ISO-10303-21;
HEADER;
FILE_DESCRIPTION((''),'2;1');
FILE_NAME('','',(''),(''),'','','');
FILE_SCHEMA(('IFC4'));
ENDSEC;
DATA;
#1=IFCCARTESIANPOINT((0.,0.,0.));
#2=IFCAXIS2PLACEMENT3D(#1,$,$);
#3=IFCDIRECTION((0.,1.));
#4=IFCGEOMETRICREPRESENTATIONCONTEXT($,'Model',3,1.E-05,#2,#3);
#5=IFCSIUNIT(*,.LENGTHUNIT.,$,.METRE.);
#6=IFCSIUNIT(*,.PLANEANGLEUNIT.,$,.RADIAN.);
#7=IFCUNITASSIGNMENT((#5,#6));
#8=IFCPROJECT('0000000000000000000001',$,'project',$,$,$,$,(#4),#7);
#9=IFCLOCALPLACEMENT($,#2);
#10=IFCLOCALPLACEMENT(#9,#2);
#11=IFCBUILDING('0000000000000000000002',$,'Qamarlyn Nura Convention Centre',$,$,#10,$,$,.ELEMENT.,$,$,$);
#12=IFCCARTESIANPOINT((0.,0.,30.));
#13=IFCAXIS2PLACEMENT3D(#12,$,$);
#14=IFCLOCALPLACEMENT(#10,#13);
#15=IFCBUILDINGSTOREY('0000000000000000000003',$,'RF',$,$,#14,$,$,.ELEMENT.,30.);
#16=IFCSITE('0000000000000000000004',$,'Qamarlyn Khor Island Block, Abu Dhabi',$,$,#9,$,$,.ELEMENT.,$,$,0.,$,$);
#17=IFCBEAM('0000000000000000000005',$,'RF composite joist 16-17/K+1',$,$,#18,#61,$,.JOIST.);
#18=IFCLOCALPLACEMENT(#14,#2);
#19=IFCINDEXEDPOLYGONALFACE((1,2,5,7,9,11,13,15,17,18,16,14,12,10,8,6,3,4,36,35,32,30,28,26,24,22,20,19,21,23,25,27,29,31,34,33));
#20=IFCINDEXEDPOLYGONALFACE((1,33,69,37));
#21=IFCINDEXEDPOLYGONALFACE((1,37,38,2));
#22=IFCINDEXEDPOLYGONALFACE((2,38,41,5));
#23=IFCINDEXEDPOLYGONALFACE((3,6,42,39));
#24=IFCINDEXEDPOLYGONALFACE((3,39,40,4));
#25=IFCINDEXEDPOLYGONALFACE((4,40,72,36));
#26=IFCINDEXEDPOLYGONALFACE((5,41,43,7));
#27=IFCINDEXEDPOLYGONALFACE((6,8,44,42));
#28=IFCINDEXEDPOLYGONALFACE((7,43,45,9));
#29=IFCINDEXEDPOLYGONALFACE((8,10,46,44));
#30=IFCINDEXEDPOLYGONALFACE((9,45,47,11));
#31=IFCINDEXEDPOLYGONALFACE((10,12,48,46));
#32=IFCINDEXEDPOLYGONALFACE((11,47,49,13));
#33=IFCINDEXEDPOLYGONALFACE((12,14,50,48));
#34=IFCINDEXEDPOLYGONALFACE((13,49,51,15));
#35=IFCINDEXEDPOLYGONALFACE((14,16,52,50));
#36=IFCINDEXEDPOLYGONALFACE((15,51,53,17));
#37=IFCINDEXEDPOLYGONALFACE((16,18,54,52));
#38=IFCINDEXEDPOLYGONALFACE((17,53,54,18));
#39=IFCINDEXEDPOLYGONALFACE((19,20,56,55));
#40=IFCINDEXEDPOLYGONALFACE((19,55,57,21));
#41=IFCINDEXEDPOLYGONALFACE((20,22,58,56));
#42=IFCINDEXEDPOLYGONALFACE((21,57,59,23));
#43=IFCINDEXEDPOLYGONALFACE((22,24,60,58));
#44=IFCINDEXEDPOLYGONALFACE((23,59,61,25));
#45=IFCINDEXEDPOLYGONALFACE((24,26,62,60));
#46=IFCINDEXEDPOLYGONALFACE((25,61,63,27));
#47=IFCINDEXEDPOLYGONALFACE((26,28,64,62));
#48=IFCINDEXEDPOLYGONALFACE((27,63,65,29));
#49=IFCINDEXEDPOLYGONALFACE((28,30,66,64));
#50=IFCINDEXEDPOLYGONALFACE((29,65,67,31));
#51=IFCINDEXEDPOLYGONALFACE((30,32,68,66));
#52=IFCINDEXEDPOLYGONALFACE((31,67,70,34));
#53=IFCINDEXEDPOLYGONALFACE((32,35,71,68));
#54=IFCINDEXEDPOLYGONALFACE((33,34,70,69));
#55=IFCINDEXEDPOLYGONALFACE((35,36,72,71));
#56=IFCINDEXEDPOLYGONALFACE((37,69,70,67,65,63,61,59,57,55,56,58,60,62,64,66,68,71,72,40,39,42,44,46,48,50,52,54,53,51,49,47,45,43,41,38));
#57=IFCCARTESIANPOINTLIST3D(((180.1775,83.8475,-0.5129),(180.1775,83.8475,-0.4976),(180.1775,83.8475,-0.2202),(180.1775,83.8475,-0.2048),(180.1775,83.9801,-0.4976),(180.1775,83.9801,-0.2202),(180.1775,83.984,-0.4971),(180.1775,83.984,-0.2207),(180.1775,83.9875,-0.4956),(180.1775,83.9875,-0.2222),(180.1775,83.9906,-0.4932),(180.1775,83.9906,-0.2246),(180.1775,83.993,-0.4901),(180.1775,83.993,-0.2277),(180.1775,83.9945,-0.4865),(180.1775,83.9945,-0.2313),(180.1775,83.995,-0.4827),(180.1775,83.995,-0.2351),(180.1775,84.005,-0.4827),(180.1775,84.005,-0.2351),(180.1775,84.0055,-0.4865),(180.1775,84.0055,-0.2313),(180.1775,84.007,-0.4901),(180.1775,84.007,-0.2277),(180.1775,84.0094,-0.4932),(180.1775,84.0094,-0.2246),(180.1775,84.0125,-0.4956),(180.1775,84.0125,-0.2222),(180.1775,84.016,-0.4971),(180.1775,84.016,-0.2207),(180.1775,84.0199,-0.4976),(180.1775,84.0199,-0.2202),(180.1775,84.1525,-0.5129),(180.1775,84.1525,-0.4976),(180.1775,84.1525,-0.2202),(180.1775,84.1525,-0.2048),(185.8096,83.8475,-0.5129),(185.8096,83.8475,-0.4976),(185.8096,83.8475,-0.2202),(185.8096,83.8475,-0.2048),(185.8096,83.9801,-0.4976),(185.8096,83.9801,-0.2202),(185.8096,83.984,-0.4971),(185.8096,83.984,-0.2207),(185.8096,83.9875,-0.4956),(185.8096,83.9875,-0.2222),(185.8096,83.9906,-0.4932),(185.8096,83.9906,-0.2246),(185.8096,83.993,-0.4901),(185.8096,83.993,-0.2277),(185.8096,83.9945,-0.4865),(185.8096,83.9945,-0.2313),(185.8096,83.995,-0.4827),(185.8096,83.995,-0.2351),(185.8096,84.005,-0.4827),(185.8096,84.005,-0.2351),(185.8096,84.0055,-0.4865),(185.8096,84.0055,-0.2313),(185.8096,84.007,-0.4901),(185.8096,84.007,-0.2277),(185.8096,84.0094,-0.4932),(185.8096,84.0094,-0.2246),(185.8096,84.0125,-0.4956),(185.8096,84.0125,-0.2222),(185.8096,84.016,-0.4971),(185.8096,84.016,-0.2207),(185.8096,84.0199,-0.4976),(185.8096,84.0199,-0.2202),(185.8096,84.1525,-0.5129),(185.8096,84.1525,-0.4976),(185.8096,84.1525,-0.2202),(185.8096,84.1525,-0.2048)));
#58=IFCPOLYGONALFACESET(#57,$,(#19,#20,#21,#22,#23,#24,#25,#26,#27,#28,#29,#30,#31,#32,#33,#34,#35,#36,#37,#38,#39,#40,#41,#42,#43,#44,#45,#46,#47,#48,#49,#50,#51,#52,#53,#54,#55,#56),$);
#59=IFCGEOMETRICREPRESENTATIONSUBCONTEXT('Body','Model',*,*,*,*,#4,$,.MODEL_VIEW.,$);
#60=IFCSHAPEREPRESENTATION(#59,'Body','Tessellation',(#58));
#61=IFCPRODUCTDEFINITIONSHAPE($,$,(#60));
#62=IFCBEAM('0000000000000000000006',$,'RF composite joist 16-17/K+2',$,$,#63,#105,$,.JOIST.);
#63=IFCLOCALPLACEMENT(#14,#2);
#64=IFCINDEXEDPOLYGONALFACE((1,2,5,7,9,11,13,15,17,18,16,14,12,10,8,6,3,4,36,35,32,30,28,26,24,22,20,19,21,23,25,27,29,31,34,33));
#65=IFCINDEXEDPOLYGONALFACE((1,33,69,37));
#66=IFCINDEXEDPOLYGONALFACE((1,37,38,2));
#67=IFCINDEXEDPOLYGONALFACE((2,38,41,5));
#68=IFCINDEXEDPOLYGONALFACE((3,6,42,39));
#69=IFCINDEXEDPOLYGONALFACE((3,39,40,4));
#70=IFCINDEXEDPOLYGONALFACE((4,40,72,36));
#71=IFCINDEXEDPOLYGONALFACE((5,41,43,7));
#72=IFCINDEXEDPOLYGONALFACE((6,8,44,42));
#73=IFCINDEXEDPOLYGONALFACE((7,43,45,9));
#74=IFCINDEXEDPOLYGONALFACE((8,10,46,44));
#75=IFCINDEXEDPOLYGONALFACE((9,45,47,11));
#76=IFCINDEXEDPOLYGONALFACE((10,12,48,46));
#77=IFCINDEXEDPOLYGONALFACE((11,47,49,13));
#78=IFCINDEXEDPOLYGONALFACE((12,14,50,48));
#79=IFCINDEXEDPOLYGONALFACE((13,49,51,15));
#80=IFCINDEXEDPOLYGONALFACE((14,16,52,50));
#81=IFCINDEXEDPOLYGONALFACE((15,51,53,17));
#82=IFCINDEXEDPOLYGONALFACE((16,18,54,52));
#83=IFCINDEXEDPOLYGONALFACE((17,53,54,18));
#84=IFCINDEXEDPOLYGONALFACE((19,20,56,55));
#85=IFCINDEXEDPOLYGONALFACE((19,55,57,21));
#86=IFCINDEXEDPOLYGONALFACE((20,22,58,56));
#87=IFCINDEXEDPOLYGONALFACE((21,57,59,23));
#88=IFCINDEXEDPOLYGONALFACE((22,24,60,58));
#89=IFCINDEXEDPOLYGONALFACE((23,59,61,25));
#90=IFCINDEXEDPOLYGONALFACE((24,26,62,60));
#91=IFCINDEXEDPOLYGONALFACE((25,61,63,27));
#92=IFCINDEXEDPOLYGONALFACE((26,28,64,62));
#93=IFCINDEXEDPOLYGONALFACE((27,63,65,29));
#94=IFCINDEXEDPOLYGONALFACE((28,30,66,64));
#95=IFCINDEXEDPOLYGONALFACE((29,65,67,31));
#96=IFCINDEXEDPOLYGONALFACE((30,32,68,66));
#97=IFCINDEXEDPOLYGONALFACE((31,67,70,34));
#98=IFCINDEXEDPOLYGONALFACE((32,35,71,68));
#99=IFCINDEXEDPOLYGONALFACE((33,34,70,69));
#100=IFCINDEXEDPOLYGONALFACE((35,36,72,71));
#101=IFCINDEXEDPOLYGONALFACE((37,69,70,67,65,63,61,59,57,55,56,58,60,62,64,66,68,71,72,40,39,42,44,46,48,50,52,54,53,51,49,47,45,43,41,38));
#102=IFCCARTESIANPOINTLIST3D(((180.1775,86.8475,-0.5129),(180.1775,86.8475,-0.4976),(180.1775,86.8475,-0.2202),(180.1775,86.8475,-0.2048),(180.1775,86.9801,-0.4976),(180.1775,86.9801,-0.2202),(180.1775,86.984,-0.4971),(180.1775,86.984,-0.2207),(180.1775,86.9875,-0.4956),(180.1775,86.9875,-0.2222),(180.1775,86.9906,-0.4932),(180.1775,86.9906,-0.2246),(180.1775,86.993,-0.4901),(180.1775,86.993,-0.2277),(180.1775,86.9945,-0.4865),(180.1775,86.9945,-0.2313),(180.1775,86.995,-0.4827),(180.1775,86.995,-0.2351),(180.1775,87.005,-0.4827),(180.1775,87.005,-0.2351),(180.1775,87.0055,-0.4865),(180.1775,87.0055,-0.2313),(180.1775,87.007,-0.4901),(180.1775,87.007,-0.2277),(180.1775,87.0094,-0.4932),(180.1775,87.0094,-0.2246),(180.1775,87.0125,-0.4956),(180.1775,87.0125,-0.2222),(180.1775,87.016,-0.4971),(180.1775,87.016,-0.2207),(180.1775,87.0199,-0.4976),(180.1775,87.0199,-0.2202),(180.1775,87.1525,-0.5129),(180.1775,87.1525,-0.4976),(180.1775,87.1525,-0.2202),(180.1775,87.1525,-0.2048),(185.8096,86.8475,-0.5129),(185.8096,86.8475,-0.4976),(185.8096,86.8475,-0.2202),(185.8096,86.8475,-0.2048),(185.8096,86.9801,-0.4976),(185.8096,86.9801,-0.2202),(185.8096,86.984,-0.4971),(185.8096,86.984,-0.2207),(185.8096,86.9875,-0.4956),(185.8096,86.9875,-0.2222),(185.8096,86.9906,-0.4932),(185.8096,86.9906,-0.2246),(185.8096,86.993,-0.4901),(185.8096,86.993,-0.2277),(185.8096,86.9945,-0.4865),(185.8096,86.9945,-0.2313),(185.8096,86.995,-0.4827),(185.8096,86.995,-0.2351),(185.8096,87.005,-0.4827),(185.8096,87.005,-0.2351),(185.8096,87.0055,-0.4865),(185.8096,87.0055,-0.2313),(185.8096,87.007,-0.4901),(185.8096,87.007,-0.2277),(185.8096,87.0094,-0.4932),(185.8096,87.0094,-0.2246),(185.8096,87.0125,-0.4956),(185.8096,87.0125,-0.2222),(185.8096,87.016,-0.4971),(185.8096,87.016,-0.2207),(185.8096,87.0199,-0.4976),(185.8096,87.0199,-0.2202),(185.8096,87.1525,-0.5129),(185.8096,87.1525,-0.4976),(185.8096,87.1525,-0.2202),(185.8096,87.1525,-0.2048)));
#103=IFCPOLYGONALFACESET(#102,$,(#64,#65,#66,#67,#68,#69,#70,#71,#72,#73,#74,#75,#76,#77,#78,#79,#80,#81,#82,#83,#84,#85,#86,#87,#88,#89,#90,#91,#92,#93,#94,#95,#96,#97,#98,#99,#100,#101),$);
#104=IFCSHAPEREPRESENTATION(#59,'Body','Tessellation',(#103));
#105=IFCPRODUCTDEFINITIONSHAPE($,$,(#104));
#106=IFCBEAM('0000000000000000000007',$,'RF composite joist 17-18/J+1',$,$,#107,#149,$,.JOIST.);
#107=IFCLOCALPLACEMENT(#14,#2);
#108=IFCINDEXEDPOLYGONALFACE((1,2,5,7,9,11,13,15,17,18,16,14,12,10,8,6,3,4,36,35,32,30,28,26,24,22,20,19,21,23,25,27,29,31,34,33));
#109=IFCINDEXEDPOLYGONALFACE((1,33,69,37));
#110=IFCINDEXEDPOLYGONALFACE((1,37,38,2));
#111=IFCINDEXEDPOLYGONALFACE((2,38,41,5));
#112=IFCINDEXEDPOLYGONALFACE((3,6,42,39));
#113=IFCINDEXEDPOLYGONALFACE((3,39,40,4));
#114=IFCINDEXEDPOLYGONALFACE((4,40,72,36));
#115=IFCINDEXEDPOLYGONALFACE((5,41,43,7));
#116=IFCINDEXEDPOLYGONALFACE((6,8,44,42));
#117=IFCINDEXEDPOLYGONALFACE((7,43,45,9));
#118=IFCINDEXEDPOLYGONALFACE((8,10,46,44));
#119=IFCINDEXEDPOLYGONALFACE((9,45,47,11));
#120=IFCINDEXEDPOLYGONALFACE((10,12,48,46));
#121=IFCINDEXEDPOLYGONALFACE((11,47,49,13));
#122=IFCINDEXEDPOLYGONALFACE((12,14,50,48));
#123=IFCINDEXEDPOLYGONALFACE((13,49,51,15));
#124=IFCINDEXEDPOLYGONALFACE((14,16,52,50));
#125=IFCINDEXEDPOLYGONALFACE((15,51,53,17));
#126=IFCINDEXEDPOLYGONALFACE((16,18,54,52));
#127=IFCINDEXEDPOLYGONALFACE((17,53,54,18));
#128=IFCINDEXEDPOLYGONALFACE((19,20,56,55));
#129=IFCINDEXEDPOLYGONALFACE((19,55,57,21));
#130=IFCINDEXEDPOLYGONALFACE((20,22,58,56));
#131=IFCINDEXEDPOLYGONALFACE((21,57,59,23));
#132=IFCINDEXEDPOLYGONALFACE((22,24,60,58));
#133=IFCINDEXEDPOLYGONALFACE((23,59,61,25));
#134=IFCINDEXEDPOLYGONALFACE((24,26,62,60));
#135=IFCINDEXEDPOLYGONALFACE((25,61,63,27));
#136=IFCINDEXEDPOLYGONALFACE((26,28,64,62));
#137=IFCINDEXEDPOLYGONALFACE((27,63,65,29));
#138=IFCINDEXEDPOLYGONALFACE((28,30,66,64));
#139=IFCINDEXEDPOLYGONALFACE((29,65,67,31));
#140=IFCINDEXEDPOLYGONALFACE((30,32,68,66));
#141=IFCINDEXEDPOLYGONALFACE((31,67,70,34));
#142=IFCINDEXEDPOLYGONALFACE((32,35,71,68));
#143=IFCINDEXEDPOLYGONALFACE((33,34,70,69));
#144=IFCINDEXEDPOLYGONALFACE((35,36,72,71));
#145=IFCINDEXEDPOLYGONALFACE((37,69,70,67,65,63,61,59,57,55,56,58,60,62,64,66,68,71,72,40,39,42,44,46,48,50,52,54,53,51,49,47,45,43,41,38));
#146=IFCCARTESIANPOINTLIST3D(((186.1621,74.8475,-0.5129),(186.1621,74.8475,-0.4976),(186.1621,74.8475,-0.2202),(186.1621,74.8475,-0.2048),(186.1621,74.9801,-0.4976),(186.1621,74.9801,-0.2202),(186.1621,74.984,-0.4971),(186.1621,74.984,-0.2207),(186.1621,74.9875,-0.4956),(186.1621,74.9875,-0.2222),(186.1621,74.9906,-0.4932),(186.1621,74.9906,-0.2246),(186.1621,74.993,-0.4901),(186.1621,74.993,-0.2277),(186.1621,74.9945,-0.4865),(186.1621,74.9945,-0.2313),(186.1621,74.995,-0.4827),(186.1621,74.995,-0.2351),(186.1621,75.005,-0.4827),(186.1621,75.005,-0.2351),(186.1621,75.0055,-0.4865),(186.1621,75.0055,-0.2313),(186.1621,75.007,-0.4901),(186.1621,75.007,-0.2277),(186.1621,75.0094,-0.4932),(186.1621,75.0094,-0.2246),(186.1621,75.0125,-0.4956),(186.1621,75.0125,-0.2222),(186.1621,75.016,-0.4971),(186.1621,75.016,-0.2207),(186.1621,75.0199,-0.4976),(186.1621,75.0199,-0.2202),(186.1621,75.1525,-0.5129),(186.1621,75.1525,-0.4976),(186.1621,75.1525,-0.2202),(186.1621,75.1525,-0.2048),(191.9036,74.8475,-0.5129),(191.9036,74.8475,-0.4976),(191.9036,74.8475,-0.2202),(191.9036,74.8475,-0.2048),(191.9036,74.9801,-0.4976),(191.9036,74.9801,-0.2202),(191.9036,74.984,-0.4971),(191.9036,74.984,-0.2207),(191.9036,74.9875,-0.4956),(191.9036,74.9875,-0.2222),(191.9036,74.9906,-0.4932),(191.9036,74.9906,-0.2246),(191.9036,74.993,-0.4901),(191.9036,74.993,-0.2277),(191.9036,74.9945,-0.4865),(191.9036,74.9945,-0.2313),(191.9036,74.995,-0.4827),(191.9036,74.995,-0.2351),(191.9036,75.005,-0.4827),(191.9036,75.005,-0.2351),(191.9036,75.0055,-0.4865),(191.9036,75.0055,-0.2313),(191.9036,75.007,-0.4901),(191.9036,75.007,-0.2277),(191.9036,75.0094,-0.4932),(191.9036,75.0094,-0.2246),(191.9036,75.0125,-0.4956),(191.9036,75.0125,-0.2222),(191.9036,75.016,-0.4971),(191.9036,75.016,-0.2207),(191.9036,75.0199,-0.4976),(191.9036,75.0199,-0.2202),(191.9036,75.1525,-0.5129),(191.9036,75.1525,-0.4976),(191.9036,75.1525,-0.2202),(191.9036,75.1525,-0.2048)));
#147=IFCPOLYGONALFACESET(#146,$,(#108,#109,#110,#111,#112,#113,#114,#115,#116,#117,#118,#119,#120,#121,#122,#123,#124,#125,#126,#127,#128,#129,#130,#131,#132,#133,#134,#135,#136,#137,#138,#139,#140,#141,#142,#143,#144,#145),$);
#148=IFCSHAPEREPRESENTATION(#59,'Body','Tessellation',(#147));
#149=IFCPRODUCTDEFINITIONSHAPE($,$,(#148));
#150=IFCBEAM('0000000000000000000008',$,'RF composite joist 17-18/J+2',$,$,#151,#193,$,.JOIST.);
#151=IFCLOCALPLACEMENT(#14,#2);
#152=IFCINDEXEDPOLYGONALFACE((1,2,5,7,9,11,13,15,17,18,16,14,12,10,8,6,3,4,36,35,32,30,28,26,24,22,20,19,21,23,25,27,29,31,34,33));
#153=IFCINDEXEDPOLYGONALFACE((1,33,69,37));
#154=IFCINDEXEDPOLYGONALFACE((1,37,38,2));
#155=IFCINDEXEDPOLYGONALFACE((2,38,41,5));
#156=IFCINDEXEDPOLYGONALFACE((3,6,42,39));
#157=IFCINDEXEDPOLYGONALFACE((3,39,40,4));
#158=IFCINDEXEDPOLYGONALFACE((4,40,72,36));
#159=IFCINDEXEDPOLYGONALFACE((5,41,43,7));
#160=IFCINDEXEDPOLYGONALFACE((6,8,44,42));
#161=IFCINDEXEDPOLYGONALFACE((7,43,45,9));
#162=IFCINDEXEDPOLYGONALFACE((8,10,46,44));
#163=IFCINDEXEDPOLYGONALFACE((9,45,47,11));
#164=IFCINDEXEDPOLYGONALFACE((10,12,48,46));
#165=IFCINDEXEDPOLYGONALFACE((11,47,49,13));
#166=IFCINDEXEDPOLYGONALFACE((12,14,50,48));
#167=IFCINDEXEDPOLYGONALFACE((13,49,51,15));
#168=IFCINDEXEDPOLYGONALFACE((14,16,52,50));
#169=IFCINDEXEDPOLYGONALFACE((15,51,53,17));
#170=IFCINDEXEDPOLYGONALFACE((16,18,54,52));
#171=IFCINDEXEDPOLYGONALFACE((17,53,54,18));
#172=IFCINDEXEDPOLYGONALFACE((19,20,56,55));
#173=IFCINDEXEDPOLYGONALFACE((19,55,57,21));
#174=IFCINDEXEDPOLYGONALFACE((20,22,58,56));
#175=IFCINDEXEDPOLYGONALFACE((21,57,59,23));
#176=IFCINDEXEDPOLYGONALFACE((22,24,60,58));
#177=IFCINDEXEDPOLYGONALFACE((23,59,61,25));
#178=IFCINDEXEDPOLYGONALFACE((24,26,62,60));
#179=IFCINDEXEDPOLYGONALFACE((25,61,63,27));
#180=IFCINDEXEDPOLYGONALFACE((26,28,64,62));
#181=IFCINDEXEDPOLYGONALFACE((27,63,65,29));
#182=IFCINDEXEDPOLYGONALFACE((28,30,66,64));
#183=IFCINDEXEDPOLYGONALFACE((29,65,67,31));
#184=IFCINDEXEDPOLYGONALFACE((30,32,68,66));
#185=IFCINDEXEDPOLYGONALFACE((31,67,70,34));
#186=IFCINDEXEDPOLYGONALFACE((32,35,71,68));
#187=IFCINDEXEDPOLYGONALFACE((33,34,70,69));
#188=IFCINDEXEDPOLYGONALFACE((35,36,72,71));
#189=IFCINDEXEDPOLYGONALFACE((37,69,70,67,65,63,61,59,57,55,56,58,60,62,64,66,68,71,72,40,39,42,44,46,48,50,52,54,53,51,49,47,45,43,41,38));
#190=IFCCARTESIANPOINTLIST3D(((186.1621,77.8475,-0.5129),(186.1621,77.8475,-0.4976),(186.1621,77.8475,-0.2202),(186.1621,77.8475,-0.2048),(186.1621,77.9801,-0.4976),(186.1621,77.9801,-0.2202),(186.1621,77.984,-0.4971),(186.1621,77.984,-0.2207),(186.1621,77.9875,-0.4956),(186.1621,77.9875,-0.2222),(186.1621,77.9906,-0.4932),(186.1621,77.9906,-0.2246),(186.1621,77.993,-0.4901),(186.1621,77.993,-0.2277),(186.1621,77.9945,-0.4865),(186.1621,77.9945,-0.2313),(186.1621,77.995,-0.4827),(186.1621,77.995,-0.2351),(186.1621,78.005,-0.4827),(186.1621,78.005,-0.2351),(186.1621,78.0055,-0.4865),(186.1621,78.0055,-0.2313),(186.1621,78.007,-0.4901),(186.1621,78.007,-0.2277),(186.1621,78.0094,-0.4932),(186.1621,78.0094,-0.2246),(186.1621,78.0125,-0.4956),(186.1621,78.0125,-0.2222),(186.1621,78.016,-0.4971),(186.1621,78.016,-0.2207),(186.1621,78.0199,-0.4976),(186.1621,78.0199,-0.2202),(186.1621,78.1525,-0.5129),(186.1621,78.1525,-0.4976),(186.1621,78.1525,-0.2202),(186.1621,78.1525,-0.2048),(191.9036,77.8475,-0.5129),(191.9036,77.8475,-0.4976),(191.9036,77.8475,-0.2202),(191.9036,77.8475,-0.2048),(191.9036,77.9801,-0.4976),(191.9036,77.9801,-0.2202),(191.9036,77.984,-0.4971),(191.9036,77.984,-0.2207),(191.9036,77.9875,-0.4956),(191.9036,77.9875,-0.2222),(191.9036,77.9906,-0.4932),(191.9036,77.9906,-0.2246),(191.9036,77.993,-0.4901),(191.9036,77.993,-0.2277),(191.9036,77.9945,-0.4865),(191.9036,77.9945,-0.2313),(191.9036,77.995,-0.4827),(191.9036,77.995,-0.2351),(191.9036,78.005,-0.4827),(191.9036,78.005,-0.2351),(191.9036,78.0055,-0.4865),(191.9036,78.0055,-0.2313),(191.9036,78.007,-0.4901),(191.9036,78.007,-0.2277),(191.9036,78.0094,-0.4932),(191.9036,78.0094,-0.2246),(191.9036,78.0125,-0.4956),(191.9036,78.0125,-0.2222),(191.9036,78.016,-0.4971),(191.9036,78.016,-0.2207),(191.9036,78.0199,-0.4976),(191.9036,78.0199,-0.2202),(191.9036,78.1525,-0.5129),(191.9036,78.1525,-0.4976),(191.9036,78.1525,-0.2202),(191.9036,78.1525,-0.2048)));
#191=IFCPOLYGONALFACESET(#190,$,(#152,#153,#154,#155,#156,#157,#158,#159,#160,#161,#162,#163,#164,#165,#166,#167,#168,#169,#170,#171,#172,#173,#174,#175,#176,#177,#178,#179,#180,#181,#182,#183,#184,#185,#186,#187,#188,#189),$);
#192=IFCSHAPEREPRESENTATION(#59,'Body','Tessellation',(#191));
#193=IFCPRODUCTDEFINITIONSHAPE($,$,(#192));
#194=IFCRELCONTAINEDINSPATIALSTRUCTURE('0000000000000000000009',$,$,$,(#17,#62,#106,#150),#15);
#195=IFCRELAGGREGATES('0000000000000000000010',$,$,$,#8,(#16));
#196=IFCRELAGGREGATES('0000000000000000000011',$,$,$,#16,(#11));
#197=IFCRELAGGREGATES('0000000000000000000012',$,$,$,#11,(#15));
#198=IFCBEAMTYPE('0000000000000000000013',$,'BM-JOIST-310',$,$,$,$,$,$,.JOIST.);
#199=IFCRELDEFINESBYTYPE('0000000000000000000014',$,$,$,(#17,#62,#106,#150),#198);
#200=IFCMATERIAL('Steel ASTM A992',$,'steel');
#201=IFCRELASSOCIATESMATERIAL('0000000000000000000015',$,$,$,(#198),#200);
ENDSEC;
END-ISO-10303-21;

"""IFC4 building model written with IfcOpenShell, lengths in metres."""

from ifc_helpers import new_model, si_unit, direction, frame, origin, origin_2d, place, context, subcontext, project, spatial, i_section, extrude, material, material_profile, profile_set, type_object, element, save


model = new_model("IFC4")

# Units and contexts
model_context = context("Model", 3, precision=1e-05, world=origin(), true_north=direction((0.0, 1.0)))
body_context = subcontext(model_context, "Body", "Model", "MODEL_VIEW")
ifc_project = project(units=[si_unit("LENGTHUNIT", "METRE"), si_unit("PLANEANGLEUNIT", "RADIAN")], contexts=[model_context])

# Site, building, storey
site_placement = place(None, origin())
site = spatial("IfcSite", under=ifc_project, at=site_placement, Name="Qamarlyn Khor Island Block, Abu Dhabi", CompositionType="ELEMENT", RefElevation=0.0)
building_placement = place(site_placement, origin())
building = spatial("IfcBuilding", under=site, at=building_placement, Name="Qamarlyn Nura Convention Centre", CompositionType="ELEMENT")
storey_placement = place(building_placement, frame((0.0, 0.0, 30.0)))
storey = spatial("IfcBuildingStorey", under=building, at=storey_placement, Name="RF", CompositionType="ELEMENT", Elevation=30.0)

# Beams
ifc_material_1 = material(Name="Steel ASTM A992", Category="steel")
ifc_material_profile_1 = material_profile(ifc_material_1, i_section(OverallWidth=0.3049, OverallDepth=0.3081, WebThickness=0.01, FlangeThickness=0.0154, FilletRadius=0.0149, at=origin_2d()), Name="W310X97")
ifc_profile_set_1 = profile_set([ifc_material_profile_1], Name="Steel ASTM A992")
beam_type_1 = type_object("IfcBeamType", Name="BM-JOIST-310", PredefinedType="JOIST", material=ifc_profile_set_1)
for number, where, z_axis, x_axis, name in (
    (1, (180.1775, 84.0, -0.3589), (1.0, 0.0, 0.0), (0.0, 1.0, 0.0), "RF composite joist 16-17/K+1"),
    (2, (180.1775, 87.0, -0.3589), (1.0, 0.0, 0.0), (0.0, 1.0, 0.0), "RF composite joist 16-17/K+2"),
):
    element("IfcBeam", number, at=place(storey_placement, frame(where, z_axis=z_axis, x_axis=x_axis)), inside=storey, type_object=beam_type_1, Name=name, PredefinedType="JOIST", context=body_context, shape_type="SweptSolid", body=[
        extrude(i_section(OverallWidth=0.3049, OverallDepth=0.3081, WebThickness=0.01, FlangeThickness=0.0154, FilletRadius=0.0149, at=origin_2d()), origin(), (0.0, 0.0, 1.0), 5.6321),
    ])
for number, where, z_axis, x_axis, name in (
    (3, (186.1621, 75.0, -0.3589), (1.0, 0.0, 0.0), (0.0, 1.0, 0.0), "RF composite joist 17-18/J+1"),
    (4, (186.1621, 78.0, -0.3589), (1.0, 0.0, 0.0), (0.0, 1.0, 0.0), "RF composite joist 17-18/J+2"),
):
    element("IfcBeam", number, at=place(storey_placement, frame(where, z_axis=z_axis, x_axis=x_axis)), inside=storey, type_object=beam_type_1, Name=name, PredefinedType="JOIST", context=body_context, shape_type="SweptSolid", body=[
        extrude(i_section(OverallWidth=0.3049, OverallDepth=0.3081, WebThickness=0.01, FlangeThickness=0.0154, FilletRadius=0.0149, at=origin_2d()), origin(), (0.0, 0.0, 1.0), 5.7415),
    ])

save(model, "model.ifc")
